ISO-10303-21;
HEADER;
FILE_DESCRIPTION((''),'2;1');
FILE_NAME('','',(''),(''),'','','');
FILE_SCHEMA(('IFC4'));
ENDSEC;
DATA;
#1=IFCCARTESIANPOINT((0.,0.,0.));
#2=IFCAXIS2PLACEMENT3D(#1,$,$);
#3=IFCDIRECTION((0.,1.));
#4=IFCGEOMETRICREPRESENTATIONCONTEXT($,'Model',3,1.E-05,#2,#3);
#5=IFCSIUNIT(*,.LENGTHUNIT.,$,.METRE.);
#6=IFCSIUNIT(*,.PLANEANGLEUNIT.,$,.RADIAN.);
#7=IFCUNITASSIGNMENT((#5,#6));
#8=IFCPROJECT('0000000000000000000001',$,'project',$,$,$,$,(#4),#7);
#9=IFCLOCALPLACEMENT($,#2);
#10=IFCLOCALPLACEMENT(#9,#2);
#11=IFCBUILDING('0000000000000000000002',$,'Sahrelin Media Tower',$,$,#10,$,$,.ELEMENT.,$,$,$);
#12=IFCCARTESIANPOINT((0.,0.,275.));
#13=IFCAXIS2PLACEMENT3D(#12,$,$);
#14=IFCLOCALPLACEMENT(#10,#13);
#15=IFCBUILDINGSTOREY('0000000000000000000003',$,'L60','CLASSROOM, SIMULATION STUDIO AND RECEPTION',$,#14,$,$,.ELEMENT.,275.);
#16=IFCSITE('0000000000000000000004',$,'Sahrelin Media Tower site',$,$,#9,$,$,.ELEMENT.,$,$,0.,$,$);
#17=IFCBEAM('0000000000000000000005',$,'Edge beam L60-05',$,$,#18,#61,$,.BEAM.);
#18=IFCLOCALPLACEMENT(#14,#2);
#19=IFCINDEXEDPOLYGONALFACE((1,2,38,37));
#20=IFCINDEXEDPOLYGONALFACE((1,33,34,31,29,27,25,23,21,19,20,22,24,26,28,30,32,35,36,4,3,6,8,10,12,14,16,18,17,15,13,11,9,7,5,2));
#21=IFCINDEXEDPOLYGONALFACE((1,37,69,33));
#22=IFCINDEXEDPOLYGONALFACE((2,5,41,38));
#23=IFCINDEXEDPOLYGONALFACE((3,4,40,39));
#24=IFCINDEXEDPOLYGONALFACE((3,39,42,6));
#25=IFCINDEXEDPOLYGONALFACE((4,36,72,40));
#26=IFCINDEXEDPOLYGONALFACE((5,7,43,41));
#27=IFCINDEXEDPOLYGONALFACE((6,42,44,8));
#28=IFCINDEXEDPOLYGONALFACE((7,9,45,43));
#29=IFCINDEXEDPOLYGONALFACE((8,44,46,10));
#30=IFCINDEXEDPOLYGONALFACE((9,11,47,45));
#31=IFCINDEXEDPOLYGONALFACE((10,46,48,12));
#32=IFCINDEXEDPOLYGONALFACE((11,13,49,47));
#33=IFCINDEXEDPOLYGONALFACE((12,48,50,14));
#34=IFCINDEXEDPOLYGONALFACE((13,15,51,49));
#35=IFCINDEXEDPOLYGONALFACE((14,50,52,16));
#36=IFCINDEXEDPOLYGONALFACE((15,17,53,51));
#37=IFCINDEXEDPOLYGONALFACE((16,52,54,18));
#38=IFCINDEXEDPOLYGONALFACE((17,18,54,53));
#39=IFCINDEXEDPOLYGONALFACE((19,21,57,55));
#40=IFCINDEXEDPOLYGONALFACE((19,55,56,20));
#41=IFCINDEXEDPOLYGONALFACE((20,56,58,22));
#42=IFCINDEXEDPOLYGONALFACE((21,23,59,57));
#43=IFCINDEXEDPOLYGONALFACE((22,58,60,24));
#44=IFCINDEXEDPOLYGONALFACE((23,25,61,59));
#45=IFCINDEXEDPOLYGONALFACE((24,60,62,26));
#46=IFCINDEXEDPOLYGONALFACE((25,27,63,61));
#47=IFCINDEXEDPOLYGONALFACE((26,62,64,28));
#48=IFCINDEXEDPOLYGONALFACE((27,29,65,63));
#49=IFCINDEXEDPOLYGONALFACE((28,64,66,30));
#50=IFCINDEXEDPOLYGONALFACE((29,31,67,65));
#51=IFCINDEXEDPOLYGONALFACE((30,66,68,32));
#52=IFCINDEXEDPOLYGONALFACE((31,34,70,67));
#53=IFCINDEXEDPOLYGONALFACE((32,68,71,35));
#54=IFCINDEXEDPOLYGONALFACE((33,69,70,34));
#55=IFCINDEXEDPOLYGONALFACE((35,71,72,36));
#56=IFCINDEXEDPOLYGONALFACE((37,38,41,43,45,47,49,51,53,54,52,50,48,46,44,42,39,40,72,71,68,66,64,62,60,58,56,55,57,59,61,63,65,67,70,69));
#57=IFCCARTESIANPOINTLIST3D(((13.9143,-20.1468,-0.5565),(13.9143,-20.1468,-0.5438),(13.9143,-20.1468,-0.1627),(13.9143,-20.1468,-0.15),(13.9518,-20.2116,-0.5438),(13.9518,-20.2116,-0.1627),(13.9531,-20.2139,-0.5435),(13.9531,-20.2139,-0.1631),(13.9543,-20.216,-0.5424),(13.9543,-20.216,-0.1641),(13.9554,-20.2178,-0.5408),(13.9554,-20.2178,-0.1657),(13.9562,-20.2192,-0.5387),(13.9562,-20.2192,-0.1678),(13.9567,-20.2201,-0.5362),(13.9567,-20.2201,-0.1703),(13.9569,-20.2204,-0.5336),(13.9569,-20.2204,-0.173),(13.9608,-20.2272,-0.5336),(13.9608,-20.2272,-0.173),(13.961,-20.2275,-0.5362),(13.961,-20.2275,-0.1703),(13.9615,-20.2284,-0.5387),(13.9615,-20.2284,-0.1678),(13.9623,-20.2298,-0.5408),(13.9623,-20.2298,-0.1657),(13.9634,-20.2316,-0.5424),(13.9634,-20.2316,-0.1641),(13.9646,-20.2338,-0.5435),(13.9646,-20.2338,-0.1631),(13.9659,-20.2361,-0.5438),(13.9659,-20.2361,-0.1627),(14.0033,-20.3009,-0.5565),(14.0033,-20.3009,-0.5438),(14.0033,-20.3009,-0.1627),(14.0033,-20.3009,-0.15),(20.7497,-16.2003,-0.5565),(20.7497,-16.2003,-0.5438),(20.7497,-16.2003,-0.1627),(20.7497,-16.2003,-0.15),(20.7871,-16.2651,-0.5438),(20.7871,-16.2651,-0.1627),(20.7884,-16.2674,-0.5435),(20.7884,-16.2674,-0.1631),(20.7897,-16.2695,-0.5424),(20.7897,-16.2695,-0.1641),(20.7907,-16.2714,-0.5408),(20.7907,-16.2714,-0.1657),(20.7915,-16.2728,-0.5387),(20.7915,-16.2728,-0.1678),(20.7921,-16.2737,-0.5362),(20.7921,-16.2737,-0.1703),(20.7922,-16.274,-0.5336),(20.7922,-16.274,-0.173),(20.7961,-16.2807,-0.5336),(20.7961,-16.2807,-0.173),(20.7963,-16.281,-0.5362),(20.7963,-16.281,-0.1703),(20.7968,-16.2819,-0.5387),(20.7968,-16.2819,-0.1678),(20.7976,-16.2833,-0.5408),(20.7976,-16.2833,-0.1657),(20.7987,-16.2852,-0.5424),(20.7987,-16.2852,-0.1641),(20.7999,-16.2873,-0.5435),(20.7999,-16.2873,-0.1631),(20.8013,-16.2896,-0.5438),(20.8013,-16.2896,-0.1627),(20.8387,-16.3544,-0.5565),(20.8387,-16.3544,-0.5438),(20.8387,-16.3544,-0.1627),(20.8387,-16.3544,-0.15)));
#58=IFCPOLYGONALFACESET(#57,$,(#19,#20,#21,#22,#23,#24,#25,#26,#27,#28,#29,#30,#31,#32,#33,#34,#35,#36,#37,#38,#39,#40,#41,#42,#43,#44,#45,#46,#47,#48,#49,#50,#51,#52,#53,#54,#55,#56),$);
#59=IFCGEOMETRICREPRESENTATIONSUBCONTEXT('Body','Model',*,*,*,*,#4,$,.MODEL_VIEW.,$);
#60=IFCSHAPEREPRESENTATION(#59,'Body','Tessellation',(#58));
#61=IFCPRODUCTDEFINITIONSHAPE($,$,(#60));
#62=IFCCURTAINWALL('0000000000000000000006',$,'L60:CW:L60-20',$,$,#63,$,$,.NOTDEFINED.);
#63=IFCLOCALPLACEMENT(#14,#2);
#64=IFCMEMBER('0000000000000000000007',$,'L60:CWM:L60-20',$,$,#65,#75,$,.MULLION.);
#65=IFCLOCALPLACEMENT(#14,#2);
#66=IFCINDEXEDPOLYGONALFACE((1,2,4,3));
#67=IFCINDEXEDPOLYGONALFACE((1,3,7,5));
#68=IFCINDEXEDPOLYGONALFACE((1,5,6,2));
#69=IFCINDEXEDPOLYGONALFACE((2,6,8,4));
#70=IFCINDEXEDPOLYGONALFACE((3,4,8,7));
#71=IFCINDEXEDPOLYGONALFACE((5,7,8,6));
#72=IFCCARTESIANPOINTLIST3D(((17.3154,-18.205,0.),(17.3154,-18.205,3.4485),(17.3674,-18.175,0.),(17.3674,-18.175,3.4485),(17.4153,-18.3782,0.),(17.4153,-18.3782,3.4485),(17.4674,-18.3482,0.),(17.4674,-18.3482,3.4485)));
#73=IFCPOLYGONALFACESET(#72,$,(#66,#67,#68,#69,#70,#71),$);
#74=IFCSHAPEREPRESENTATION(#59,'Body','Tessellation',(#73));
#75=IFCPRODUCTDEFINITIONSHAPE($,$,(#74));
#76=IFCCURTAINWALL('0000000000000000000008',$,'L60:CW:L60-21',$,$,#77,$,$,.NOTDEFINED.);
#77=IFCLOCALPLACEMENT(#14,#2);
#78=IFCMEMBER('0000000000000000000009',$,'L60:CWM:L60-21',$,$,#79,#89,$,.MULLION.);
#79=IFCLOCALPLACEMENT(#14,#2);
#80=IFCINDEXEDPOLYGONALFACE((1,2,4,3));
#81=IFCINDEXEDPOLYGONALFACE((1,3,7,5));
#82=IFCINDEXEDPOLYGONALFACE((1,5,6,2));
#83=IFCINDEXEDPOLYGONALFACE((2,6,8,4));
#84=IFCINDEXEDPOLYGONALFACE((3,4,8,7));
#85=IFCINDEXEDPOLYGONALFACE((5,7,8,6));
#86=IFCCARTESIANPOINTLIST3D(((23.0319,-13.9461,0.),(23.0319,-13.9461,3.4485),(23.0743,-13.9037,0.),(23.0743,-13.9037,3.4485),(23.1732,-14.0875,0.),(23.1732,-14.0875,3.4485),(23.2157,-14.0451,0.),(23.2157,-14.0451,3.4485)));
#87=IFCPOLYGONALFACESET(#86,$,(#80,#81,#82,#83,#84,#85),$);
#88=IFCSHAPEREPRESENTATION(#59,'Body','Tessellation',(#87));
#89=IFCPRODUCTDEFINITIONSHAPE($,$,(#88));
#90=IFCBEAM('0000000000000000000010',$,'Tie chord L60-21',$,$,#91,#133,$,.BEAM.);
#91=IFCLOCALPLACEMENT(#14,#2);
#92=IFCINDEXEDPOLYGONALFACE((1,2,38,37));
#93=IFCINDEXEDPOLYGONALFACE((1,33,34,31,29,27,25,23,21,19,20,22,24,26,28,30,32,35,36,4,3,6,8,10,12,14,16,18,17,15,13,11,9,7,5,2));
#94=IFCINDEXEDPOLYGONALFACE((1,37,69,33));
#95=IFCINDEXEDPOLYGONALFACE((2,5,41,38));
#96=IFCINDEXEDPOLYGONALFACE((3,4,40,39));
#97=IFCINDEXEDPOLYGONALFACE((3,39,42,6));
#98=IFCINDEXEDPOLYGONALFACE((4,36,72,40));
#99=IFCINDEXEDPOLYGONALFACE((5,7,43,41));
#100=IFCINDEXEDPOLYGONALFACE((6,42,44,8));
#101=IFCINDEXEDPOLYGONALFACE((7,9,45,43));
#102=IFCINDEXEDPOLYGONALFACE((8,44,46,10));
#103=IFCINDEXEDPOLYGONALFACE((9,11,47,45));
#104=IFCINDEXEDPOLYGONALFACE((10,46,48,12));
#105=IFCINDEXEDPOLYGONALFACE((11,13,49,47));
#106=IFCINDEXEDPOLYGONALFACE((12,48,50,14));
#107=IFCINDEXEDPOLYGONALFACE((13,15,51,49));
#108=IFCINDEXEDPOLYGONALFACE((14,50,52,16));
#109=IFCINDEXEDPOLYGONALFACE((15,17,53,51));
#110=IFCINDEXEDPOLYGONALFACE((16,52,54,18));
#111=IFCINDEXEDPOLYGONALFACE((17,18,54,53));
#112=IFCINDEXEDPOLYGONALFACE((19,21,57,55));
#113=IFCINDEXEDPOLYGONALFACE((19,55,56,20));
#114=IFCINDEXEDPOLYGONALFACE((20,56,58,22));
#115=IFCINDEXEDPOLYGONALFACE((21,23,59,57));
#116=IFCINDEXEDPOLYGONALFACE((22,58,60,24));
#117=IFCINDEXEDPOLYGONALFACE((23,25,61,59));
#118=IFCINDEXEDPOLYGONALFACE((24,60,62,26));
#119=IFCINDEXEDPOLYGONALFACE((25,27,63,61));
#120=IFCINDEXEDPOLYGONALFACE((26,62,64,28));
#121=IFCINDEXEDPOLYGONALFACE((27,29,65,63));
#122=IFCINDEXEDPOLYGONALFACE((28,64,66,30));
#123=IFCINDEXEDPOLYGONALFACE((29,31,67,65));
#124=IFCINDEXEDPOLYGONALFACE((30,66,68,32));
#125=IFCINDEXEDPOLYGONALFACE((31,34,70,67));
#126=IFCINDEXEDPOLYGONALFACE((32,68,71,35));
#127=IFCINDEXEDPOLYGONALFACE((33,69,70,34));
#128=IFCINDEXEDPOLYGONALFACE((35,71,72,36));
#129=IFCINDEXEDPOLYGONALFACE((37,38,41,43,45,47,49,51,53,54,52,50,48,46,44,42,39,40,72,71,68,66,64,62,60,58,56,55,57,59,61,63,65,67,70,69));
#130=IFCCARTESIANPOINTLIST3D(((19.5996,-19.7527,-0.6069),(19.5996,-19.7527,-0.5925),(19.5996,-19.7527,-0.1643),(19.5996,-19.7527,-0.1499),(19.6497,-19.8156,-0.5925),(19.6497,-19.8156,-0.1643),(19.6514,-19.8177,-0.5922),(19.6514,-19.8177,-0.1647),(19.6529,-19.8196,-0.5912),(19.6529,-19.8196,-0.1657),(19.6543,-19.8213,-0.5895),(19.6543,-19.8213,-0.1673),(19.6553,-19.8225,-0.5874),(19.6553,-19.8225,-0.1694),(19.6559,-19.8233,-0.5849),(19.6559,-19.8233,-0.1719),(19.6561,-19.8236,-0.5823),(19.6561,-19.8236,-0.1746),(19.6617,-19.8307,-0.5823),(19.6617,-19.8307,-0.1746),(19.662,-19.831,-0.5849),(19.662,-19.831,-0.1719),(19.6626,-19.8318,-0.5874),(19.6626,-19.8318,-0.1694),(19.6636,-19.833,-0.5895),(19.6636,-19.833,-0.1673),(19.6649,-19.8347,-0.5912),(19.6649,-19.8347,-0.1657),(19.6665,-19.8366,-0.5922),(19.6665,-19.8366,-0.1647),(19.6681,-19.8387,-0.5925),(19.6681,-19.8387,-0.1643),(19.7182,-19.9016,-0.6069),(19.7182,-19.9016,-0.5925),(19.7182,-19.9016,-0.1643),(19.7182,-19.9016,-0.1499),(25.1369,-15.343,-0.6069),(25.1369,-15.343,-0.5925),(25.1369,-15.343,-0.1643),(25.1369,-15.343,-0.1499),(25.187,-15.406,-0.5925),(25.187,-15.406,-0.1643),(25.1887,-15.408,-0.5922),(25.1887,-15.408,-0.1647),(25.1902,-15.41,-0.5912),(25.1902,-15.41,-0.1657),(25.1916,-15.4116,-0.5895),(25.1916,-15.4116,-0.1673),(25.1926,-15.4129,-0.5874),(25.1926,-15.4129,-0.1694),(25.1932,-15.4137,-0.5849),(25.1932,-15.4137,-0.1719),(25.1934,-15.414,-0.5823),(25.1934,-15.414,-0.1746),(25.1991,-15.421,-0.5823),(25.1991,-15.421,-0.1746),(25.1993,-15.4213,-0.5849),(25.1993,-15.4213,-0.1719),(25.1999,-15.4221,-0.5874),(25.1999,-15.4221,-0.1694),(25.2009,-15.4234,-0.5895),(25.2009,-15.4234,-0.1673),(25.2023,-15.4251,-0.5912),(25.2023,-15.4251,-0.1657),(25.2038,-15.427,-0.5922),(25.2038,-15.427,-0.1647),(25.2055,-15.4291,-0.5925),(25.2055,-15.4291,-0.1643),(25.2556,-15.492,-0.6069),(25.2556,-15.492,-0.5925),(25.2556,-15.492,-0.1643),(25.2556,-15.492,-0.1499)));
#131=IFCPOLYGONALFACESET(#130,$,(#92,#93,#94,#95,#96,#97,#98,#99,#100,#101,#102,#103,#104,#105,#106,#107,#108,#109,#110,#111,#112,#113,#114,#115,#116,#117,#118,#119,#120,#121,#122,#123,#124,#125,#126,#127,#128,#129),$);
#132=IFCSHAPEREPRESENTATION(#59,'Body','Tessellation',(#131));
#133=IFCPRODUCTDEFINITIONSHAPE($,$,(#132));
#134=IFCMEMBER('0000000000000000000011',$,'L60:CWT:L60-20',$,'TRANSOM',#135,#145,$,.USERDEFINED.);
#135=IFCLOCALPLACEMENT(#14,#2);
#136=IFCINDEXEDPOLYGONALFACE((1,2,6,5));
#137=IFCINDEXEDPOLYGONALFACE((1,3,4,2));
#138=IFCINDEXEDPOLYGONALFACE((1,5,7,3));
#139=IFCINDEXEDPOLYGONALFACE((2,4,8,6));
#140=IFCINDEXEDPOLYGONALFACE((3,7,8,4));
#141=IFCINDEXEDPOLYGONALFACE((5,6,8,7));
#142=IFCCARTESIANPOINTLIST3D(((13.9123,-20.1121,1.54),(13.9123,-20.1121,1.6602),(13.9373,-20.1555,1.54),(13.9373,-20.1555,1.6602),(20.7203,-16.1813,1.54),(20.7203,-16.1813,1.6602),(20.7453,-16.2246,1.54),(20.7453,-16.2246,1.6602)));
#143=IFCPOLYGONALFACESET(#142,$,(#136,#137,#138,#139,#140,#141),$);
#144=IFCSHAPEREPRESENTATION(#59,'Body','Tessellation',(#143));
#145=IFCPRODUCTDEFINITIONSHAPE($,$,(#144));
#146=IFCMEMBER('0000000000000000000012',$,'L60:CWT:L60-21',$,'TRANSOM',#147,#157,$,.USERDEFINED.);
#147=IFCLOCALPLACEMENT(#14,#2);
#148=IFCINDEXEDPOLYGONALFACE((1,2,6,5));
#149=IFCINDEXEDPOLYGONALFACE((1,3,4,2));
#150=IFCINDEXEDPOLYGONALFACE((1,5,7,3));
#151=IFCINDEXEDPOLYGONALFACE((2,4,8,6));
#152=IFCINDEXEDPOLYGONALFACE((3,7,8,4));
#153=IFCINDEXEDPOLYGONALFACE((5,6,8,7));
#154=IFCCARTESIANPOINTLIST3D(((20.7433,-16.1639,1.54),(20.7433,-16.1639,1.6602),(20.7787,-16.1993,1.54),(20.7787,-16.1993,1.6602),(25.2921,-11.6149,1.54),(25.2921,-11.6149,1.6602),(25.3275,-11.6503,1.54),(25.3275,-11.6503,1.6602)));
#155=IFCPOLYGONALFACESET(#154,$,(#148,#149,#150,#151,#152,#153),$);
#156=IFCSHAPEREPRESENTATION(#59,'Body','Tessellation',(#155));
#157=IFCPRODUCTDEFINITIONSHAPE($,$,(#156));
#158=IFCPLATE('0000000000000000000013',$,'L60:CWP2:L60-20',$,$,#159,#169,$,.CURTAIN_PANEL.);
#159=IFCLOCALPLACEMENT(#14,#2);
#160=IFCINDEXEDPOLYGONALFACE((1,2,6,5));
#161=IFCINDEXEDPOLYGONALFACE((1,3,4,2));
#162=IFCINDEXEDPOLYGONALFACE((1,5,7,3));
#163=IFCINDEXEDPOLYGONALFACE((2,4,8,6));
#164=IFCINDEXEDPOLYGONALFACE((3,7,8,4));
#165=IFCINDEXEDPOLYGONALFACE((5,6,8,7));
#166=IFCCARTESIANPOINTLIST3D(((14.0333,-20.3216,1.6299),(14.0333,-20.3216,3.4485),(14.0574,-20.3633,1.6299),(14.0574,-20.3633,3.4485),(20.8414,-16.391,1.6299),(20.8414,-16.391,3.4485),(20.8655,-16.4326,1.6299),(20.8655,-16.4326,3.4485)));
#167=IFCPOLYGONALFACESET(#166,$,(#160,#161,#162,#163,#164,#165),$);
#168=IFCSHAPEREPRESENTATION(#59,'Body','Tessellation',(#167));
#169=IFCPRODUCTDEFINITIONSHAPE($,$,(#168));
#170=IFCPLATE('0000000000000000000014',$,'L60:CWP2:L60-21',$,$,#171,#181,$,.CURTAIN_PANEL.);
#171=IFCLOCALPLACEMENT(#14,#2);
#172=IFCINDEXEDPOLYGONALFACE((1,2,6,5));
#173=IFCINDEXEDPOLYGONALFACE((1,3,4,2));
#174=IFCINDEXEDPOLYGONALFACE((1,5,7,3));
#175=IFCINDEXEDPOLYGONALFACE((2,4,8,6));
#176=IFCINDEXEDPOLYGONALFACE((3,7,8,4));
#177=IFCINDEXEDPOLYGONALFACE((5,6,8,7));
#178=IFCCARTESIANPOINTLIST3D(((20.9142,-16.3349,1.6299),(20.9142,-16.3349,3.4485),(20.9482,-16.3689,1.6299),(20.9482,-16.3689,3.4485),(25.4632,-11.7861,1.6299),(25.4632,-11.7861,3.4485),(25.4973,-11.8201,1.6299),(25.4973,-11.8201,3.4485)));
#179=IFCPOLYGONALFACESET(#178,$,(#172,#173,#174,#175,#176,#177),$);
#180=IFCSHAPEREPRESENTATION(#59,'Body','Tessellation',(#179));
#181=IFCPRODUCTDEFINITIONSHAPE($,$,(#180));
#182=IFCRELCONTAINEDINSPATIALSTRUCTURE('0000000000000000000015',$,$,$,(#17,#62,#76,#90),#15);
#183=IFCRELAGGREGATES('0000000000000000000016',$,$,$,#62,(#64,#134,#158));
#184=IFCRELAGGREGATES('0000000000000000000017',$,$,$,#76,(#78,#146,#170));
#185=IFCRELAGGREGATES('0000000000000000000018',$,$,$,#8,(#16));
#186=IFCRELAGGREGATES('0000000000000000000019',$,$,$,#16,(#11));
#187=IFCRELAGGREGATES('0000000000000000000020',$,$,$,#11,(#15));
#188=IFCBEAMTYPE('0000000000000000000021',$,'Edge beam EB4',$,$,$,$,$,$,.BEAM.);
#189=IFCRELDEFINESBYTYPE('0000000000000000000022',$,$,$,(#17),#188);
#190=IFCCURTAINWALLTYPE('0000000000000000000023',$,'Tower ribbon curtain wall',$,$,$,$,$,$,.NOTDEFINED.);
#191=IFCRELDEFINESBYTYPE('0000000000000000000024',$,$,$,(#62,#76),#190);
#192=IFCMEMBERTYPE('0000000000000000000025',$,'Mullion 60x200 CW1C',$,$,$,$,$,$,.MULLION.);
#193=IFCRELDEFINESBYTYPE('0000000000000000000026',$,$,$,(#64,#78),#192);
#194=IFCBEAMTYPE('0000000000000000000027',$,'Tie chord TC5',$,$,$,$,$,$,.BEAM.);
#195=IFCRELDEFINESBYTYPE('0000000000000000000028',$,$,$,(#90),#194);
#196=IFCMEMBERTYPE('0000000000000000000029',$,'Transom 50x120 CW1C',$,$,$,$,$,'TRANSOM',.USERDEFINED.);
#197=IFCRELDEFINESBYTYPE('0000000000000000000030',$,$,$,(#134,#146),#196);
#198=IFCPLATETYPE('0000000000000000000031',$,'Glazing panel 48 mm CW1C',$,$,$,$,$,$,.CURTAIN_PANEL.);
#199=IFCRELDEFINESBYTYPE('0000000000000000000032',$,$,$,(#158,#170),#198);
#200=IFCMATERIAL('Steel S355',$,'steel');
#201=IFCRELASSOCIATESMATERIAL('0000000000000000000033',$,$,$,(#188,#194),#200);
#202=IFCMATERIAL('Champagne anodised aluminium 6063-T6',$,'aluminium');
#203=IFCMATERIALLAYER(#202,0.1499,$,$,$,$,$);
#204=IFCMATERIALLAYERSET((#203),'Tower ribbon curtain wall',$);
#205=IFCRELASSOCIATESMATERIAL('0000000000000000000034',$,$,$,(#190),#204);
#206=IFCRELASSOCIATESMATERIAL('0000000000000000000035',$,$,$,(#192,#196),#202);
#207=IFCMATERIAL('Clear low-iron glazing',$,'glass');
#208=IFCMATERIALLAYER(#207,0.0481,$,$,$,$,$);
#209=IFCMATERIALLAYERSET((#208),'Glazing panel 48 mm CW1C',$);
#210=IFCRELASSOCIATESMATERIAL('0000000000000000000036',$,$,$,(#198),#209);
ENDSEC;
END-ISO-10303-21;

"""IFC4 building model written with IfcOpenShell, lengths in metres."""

from ifc_helpers import new_model, si_unit, direction, frame, origin, origin_2d, place, context, subcontext, project, spatial, polyline, rectangle, i_section, outline, extrude, material, layer, layer_set, material_profile, profile_set, type_object, element, aggregate, save


model = new_model("IFC4")

# Units and contexts
model_context = context("Model", 3, precision=1e-05, world=origin(), true_north=direction((0.0, 1.0)))
body_context = subcontext(model_context, "Body", "Model", "MODEL_VIEW")
ifc_project = project(units=[si_unit("LENGTHUNIT", "METRE"), si_unit("PLANEANGLEUNIT", "RADIAN")], contexts=[model_context])

# Site, building, storey
site_placement = place(None, origin())
site = spatial("IfcSite", under=ifc_project, at=site_placement, Name="Sahrelin Media Tower site", CompositionType="ELEMENT", RefElevation=0.0)
building_placement = place(site_placement, origin())
building = spatial("IfcBuilding", under=site, at=building_placement, Name="Sahrelin Media Tower", CompositionType="ELEMENT")
storey_placement = place(building_placement, frame((0.0, 0.0, 275.0)))
storey = spatial("IfcBuildingStorey", under=building, at=storey_placement, Name="L60", Description="CLASSROOM, SIMULATION STUDIO AND RECEPTION", CompositionType="ELEMENT", Elevation=275.0)

# Beam
ifc_material_1 = material(Name="Steel S355", Category="steel")
ifc_material_profile_1 = material_profile(ifc_material_1, i_section(OverallWidth=0.178, OverallDepth=0.4065, WebThickness=0.0078, FlangeThickness=0.0127, FilletRadius=0.0103, at=origin_2d()), Name="UB 406x178x60")
ifc_profile_set_1 = profile_set([ifc_material_profile_1], Name="Steel S355")
beam_type_1 = type_object("IfcBeamType", Name="Edge beam EB4", PredefinedType="BEAM", material=ifc_profile_set_1)
beam_1_placement = place(storey_placement, frame((20.7942, -16.2773, -0.3533), z_axis=(-0.866021, -0.500008, 0.0), x_axis=(0.500008, -0.866021, 0.0)))
element("IfcBeam", 1, at=beam_1_placement, inside=storey, type_object=beam_type_1, Name="Edge beam L60-05", PredefinedType="BEAM", context=body_context, shape_type="SweptSolid", body=[
    extrude(i_section(OverallWidth=0.178, OverallDepth=0.4065, WebThickness=0.0078, FlangeThickness=0.0127, FilletRadius=0.0103, at=origin_2d()), origin(), (0.0, 0.0, 1.0), 7.8928),
])

# Curtain walls, members
ifc_material_2 = material(Name="Champagne anodised aluminium 6063-T6", Category="aluminium")
ifc_layer_1 = layer(ifc_material_2, 0.1499)
ifc_layer_set_1 = layer_set([ifc_layer_1], Name="Tower ribbon curtain wall")
curtain_wall_type = type_object("IfcCurtainWallType", Name="Tower ribbon curtain wall", PredefinedType="NOTDEFINED", material=ifc_layer_set_1)
curtain_wall_1_placement = place(storey_placement, frame((17.4514, -18.3806, 0.0), z_axis=(0.0, 0.0, 1.0), x_axis=(1.0, 0.0, 0.0)))
curtain_wall_1 = element("IfcCurtainWall", 2, at=curtain_wall_1_placement, inside=storey, type_object=curtain_wall_type, Name="L60:CW:L60-20", PredefinedType="NOTDEFINED")
ifc_material_profile_2 = material_profile(ifc_material_2, rectangle(XDim=0.0601, YDim=0.2, at=origin_2d()), Name="Mullion 60x200")
ifc_profile_set_2 = profile_set([ifc_material_profile_2], Name="Champagne anodised aluminium 6063-T6")
member_type_1 = type_object("IfcMemberType", Name="Mullion 60x200 CW1C", PredefinedType="MULLION", material=ifc_profile_set_2)
member_1_placement = place(storey_placement, frame((17.3914, -18.2766, 0.0), z_axis=(0.0, 0.0, 1.0), x_axis=(0.866026, 0.499998, 0.0)))
member_1 = element("IfcMember", 3, at=member_1_placement, type_object=member_type_1, Name="L60:CWM:L60-20", PredefinedType="MULLION", context=body_context, shape_type="SweptSolid", body=[
    extrude(rectangle(XDim=0.0601, YDim=0.2, at=origin_2d()), origin(), (0.0, 0.0, 1.0), 3.4485),
])
curtain_wall_2_placement = place(storey_placement, frame((23.2087, -14.0803, 0.0), z_axis=(0.0, 0.0, 1.0), x_axis=(1.0, 0.0, 0.0)))
curtain_wall_2 = element("IfcCurtainWall", 4, at=curtain_wall_2_placement, inside=storey, type_object=curtain_wall_type, Name="L60:CW:L60-21", PredefinedType="NOTDEFINED")
member_2_placement = place(storey_placement, frame((23.1238, -13.9956, 0.0), z_axis=(0.0, 0.0, 1.0), x_axis=(0.707107, 0.707107, 0.0)))
member_2 = element("IfcMember", 5, at=member_2_placement, type_object=member_type_1, Name="L60:CWM:L60-21", PredefinedType="MULLION", context=body_context, shape_type="SweptSolid", body=[
    extrude(rectangle(XDim=0.0601, YDim=0.2, at=origin_2d()), origin(), (0.0, 0.0, 1.0), 3.4485),
])

# Beam
ifc_material_profile_3 = material_profile(ifc_material_1, i_section(OverallWidth=0.1904, OverallDepth=0.457, WebThickness=0.009, FlangeThickness=0.0144, FilletRadius=0.0103, at=origin_2d()), Name="UB 457x191x74")
ifc_profile_set_3 = profile_set([ifc_material_profile_3], Name="Steel S355")
beam_type_2 = type_object("IfcBeamType", Name="Tie chord TC5", PredefinedType="BEAM", material=ifc_profile_set_3)
beam_2_placement = place(storey_placement, frame((19.6589, -19.8271, -0.3784), z_axis=(0.78226, 0.622952, 0.0), x_axis=(-0.622952, 0.78226, 0.0)))
element("IfcBeam", 6, at=beam_2_placement, inside=storey, type_object=beam_type_2, Name="Tie chord L60-21", PredefinedType="BEAM", context=body_context, shape_type="SweptSolid", body=[
    extrude(i_section(OverallWidth=0.1904, OverallDepth=0.457, WebThickness=0.009, FlangeThickness=0.0144, FilletRadius=0.0103, at=origin_2d()), origin(), (0.0, 0.0, 1.0), 7.0786),
])

# Members
ifc_material_profile_4 = material_profile(ifc_material_2, rectangle(XDim=0.05, YDim=0.1201, at=origin_2d()), Name="Transom 50x120")
ifc_profile_set_4 = profile_set([ifc_material_profile_4], Name="Champagne anodised aluminium 6063-T6")
member_type_2 = type_object("IfcMemberType", Name="Transom 50x120 CW1C", ElementType="TRANSOM", PredefinedType="USERDEFINED", material=ifc_profile_set_4)
member_3_placement = place(storey_placement, frame((13.9248, -20.1338, 1.6001), z_axis=(0.866012, 0.500024, 0.0), x_axis=(-0.500024, 0.866012, 0.0)))
member_3 = element("IfcMember", 7, at=member_3_placement, type_object=member_type_2, Name="L60:CWT:L60-20", ObjectType="TRANSOM", PredefinedType="USERDEFINED", context=body_context, shape_type="SweptSolid", body=[
    extrude(rectangle(XDim=0.05, YDim=0.1201, at=origin_2d()), origin(), (0.0, 0.0, 1.0), 7.8613),
])
member_4_placement = place(storey_placement, frame((20.761, -16.1816, 1.6001), z_axis=(0.707088, 0.707126, 0.0), x_axis=(-0.707126, 0.707088, 0.0)))
member_4 = element("IfcMember", 8, at=member_4_placement, type_object=member_type_2, Name="L60:CWT:L60-21", ObjectType="TRANSOM", PredefinedType="USERDEFINED", context=body_context, shape_type="SweptSolid", body=[
    extrude(rectangle(XDim=0.05, YDim=0.1201, at=origin_2d()), origin(), (0.0, 0.0, 1.0), 6.4331),
])

# Plates
ifc_material_3 = material(Name="Clear low-iron glazing", Category="glass")
ifc_layer_2 = layer(ifc_material_3, 0.0481)
ifc_layer_set_2 = layer_set([ifc_layer_2], Name="Glazing panel 48 mm CW1C")
plate_type_1 = type_object("IfcPlateType", Name="Glazing panel 48 mm CW1C", PredefinedType="CURTAIN_PANEL", material=ifc_layer_set_2)
plate_1_placement = place(storey_placement, frame((14.0574, -20.3633, 1.6299), z_axis=(0.5, -0.866025, 0.0), x_axis=(0.866025, 0.5, 0.0)))
plate_1 = element("IfcPlate", 9, at=plate_1_placement, type_object=plate_type_1, Name="L60:CWP2:L60-20", PredefinedType="CURTAIN_PANEL", context=body_context, shape_type="SweptSolid", body=[
    extrude(outline(polyline([(0.0, 0.0), (7.8613, 0.0), (7.8613, 1.8186), (0.0, 1.8186), (0.0, 0.0)])), origin(), (0.0, 0.0, -1.0), 0.0481),
])
plate_2_placement = place(storey_placement, frame((20.9482, -16.3689, 1.6299), z_axis=(0.707088, -0.707126, 0.0), x_axis=(0.707126, 0.707088, 0.0)))
plate_2 = element("IfcPlate", 10, at=plate_2_placement, type_object=plate_type_1, Name="L60:CWP2:L60-21", PredefinedType="CURTAIN_PANEL", context=body_context, shape_type="SweptSolid", body=[
    extrude(outline(polyline([(0.0, 0.0), (6.4331, 0.0), (6.4331, 1.8186), (0.0, 1.8186), (0.0, 0.0)])), origin(), (0.0, 0.0, -1.0), 0.0481),
])
aggregate(curtain_wall_1, [member_1, member_3, plate_1])
aggregate(curtain_wall_2, [member_2, member_4, plate_2])

save(model, "model.ifc")
